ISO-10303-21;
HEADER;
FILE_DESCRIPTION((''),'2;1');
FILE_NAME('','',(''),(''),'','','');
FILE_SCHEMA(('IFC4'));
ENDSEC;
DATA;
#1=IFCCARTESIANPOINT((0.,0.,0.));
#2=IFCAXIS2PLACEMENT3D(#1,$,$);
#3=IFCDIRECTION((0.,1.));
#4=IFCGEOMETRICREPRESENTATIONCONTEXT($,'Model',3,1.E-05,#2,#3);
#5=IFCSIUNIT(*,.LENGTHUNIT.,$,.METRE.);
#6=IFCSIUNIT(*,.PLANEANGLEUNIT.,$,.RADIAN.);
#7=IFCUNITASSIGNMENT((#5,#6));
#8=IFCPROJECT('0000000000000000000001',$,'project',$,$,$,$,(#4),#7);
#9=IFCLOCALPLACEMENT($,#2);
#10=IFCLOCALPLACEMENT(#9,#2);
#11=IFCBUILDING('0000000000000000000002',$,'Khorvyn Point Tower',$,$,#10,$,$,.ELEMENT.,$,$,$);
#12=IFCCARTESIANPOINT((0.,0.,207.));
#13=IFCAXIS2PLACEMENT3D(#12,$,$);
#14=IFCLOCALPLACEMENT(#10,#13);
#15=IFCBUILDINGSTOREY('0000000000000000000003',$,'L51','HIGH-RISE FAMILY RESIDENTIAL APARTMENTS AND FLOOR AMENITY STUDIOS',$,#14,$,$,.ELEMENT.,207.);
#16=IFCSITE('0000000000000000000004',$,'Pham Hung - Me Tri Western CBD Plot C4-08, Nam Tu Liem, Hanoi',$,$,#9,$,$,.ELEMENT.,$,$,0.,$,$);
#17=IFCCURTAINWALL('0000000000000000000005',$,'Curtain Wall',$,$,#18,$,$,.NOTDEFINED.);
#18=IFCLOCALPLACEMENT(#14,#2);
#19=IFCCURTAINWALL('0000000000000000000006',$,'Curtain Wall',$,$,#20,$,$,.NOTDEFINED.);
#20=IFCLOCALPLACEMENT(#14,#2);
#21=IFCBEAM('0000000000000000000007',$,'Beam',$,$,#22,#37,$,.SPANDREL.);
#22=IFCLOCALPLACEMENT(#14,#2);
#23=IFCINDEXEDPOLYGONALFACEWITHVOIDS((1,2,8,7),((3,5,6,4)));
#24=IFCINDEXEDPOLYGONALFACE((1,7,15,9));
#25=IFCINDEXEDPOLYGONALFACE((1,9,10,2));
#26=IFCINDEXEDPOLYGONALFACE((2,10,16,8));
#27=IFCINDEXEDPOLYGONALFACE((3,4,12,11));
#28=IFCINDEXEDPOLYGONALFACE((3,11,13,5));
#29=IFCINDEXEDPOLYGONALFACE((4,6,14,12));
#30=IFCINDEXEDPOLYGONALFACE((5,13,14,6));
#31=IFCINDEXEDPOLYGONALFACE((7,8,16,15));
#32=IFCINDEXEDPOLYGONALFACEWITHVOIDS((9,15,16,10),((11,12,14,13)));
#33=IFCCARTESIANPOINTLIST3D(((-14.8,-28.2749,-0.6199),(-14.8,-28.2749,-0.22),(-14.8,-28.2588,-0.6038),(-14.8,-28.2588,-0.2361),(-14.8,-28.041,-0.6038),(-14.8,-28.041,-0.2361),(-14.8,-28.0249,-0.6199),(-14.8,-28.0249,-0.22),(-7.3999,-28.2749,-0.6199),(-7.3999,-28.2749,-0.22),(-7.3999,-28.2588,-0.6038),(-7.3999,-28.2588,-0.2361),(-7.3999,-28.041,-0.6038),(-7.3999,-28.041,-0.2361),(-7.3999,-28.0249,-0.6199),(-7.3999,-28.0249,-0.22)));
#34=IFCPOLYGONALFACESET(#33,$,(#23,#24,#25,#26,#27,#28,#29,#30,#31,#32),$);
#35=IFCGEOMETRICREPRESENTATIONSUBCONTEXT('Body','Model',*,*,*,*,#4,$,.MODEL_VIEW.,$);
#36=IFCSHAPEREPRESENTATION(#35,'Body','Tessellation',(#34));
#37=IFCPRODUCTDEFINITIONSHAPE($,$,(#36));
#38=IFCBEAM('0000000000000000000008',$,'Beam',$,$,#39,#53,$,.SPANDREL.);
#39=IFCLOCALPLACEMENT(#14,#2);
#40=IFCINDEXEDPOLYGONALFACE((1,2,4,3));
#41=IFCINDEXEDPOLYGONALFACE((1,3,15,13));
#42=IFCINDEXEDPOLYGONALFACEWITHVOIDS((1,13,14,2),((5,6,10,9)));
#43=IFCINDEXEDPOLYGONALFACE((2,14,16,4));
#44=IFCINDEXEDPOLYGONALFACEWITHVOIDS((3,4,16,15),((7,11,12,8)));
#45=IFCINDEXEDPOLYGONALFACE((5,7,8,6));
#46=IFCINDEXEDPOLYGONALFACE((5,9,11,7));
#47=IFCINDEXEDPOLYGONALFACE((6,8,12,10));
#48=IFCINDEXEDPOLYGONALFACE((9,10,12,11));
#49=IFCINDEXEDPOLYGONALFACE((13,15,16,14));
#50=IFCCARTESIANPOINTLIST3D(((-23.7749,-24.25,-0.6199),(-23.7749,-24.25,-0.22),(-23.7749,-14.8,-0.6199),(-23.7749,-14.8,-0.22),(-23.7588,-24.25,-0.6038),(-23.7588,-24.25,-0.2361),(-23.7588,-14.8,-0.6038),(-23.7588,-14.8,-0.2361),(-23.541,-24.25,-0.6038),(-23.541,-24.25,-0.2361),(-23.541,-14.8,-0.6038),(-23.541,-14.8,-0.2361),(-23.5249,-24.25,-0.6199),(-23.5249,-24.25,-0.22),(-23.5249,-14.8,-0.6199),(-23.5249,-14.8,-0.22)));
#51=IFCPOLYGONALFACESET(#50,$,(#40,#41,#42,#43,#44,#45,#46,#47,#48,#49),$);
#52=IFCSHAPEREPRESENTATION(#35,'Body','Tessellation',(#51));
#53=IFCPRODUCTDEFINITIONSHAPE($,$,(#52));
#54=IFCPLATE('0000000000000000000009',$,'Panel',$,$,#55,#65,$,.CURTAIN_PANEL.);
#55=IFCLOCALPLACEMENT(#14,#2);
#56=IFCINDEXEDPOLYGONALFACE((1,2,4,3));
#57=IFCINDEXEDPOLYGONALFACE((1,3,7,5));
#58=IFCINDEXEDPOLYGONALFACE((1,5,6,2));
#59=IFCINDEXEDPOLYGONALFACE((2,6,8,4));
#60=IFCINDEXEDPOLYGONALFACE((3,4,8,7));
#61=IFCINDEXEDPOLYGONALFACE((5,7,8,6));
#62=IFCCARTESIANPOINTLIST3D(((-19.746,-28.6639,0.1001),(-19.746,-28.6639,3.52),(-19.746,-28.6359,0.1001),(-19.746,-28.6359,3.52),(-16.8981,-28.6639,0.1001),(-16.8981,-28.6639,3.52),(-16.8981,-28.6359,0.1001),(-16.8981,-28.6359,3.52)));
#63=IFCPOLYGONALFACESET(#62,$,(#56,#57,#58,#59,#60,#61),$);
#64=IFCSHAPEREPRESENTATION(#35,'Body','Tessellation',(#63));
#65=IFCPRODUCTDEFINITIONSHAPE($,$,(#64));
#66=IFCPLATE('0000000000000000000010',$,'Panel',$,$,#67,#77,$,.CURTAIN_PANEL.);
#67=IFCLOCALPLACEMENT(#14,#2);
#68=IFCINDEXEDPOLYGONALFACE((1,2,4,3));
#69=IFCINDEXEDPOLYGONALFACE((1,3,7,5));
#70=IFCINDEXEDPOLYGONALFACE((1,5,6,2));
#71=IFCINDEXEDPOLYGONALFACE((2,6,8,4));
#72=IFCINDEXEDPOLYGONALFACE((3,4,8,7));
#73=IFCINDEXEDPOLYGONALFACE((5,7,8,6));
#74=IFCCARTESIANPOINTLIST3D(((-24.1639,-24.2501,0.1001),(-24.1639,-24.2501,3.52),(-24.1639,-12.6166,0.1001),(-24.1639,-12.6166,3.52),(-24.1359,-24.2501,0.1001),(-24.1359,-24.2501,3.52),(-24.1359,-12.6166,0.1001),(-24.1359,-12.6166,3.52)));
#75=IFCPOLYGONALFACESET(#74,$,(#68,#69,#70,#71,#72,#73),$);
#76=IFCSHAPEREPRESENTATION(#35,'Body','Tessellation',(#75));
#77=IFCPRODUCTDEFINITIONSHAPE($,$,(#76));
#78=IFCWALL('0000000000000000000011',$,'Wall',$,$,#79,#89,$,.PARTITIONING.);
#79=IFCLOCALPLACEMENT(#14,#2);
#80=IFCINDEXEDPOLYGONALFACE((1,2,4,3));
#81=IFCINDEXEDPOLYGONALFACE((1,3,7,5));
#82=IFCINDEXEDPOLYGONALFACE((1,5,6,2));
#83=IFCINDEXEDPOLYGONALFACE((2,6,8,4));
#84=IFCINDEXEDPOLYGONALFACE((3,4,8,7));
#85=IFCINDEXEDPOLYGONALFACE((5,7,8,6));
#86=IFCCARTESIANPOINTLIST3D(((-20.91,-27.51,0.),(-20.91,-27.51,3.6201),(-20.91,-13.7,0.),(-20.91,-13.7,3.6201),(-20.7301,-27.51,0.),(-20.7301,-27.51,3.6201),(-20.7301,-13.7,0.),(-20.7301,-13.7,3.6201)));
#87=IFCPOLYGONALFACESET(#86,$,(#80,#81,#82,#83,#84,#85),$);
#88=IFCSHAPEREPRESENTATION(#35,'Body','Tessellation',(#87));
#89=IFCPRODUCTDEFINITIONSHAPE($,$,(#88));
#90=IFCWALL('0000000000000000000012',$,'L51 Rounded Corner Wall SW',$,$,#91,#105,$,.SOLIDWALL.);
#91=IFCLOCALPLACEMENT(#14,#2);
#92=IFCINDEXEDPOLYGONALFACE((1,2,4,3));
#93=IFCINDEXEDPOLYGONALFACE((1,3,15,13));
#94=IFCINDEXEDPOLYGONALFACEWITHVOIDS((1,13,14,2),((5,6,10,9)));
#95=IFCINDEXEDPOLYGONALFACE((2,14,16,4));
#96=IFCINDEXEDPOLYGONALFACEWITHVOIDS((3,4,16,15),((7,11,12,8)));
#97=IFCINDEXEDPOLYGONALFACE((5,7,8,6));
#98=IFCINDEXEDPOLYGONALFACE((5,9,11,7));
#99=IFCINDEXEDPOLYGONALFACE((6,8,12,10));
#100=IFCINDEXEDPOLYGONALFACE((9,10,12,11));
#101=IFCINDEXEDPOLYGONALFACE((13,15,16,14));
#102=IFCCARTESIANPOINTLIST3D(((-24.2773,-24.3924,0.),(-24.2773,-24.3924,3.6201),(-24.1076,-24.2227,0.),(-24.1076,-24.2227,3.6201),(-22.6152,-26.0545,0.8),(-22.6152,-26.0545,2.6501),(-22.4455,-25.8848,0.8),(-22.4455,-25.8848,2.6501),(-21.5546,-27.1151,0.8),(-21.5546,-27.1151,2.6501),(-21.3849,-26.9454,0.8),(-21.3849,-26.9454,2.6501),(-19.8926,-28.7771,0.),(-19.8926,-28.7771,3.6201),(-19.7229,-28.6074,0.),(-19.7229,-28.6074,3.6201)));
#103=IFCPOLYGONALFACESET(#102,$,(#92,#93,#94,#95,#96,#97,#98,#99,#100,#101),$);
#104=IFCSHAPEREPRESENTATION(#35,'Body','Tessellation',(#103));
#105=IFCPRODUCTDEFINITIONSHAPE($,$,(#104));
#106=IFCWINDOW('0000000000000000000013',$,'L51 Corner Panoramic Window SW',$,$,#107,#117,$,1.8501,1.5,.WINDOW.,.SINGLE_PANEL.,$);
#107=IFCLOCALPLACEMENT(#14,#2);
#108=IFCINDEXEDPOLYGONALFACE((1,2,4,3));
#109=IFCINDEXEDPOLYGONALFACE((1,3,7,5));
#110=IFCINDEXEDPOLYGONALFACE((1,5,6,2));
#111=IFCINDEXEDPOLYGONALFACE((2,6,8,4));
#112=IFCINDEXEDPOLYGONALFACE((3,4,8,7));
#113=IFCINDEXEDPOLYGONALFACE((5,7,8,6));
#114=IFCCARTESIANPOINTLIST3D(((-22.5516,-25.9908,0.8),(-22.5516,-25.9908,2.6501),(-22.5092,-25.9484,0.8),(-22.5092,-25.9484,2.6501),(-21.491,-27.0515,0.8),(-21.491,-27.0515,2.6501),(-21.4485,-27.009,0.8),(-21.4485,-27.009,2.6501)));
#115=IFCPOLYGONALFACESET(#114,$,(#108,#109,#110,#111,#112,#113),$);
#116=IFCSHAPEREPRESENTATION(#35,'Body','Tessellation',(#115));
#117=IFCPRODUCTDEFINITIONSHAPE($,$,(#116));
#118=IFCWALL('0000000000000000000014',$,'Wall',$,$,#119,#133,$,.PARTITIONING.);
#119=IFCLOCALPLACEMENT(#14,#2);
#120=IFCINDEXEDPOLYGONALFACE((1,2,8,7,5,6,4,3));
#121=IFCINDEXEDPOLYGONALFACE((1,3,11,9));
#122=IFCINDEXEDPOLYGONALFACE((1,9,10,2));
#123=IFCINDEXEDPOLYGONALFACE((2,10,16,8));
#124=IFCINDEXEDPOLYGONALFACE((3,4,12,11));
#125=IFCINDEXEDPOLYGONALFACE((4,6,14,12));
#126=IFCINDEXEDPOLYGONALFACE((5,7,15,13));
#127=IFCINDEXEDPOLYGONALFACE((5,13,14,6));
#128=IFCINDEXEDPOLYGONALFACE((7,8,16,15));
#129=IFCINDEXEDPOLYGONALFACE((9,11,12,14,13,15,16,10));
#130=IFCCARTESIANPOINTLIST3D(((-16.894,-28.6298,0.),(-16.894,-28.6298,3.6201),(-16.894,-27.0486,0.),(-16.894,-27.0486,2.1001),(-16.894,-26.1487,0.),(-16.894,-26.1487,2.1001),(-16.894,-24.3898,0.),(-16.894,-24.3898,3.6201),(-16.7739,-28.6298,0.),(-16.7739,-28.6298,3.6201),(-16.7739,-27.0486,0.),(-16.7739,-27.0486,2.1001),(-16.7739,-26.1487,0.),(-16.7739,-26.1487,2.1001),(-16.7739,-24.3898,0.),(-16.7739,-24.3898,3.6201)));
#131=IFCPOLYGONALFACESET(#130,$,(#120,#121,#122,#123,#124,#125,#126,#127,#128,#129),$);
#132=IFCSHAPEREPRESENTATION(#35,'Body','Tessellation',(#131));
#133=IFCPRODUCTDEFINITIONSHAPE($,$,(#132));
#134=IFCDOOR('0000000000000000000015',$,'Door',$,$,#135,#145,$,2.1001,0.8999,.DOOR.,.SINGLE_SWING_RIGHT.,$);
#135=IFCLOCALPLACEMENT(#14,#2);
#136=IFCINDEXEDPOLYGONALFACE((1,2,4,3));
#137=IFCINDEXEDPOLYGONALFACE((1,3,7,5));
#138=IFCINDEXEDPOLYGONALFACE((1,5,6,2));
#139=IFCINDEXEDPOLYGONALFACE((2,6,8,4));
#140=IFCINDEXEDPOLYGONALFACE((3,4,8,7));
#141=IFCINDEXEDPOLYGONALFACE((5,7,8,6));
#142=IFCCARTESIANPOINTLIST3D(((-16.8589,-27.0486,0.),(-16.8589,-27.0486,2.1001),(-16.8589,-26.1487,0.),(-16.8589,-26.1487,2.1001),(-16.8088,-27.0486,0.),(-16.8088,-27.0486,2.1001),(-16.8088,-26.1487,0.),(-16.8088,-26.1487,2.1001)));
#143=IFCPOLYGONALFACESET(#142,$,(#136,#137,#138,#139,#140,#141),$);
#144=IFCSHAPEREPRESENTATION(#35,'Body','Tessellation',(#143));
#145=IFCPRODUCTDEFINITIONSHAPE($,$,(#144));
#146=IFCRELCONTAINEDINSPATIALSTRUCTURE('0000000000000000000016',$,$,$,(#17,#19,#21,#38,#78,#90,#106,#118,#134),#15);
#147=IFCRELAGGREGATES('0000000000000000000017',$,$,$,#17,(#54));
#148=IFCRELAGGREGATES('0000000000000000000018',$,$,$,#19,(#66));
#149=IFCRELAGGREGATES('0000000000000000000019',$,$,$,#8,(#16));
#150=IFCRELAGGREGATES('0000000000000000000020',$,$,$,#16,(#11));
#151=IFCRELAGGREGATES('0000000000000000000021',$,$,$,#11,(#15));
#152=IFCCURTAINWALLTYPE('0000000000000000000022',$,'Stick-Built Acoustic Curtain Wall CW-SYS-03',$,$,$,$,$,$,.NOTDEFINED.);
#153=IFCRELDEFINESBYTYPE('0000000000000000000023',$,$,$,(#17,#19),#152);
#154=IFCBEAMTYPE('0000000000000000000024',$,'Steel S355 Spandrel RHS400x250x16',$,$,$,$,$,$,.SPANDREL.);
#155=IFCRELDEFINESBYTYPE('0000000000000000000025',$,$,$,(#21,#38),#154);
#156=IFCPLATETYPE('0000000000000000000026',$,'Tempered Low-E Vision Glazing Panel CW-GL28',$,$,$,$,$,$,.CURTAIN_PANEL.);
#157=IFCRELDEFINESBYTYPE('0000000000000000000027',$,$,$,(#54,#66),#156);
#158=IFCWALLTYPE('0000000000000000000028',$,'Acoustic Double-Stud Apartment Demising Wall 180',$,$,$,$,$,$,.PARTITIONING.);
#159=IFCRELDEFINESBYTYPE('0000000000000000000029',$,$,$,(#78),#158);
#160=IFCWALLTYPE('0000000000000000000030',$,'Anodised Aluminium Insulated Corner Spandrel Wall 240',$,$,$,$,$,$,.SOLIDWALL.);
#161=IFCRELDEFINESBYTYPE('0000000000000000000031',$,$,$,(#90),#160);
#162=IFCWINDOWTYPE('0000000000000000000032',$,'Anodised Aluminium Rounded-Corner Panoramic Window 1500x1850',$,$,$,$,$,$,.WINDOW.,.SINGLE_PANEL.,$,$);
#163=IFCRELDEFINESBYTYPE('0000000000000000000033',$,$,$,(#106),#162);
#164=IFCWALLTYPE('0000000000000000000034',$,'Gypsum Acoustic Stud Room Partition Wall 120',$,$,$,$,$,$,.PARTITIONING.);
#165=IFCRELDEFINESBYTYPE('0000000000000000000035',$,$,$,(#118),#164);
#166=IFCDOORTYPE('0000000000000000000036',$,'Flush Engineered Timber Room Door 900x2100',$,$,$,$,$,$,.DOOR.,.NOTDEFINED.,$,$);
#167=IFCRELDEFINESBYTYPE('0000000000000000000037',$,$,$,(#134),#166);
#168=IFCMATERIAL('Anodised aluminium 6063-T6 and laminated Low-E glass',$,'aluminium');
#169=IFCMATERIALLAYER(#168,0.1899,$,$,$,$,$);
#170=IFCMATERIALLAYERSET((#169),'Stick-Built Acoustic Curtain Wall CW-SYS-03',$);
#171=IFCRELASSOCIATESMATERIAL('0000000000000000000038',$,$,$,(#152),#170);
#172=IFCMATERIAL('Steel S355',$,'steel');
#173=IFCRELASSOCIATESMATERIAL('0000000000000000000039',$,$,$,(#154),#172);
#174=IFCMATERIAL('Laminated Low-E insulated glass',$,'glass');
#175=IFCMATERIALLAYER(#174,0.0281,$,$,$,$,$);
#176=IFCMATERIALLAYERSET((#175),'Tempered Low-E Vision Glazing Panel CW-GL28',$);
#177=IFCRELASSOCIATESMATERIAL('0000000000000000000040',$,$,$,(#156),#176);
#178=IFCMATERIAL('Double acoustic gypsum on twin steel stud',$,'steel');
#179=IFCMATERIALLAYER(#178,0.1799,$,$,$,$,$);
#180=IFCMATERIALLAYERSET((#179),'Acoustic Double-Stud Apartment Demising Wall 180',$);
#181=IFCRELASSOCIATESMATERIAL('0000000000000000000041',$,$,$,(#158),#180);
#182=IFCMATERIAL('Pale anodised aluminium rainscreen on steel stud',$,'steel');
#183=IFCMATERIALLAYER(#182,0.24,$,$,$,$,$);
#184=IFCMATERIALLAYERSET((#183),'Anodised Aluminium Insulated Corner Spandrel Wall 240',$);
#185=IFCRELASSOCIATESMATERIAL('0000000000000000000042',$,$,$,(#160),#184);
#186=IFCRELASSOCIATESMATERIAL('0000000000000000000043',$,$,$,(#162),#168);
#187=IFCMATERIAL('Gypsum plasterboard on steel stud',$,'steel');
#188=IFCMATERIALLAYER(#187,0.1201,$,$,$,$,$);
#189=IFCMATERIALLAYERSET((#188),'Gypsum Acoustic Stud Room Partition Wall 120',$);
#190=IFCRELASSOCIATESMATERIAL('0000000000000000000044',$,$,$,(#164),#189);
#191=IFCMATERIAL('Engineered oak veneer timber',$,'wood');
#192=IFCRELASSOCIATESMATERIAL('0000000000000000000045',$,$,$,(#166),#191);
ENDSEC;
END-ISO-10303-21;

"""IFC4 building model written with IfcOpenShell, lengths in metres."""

from ifc_helpers import new_model, si_unit, direction, frame, frame_2d, origin, origin_2d, place, context, subcontext, project, spatial, rectangle, hollow_rectangle, extrude, material, layer, layer_set, material_profile, profile_set, type_object, element, fill, aggregate, save


model = new_model("IFC4")

# Units and contexts
model_context = context("Model", 3, precision=1e-05, world=origin(), true_north=direction((0.0, 1.0)))
body_context = subcontext(model_context, "Body", "Model", "MODEL_VIEW")
ifc_project = project(units=[si_unit("LENGTHUNIT", "METRE"), si_unit("PLANEANGLEUNIT", "RADIAN")], contexts=[model_context])

# Site, building, storey
site_placement = place(None, origin())
site = spatial("IfcSite", under=ifc_project, at=site_placement, Name="Pham Hung - Me Tri Western CBD Plot C4-08, Nam Tu Liem, Hanoi", CompositionType="ELEMENT", RefElevation=0.0)
building_placement = place(site_placement, origin())
building = spatial("IfcBuilding", under=site, at=building_placement, Name="Khorvyn Point Tower", CompositionType="ELEMENT")
storey_placement = place(building_placement, frame((0.0, 0.0, 207.0)))
storey = spatial("IfcBuildingStorey", under=building, at=storey_placement, Name="L51", Description="HIGH-RISE FAMILY RESIDENTIAL APARTMENTS AND FLOOR AMENITY STUDIOS", CompositionType="ELEMENT", Elevation=207.0)

# Curtain wall
ifc_material_1 = material(Name="Anodised aluminium 6063-T6 and laminated Low-E glass", Category="aluminium")
ifc_layer_1 = layer(ifc_material_1, 0.1899)
ifc_layer_set_1 = layer_set([ifc_layer_1], Name="Stick-Built Acoustic Curtain Wall CW-SYS-03")
curtain_wall_type = type_object("IfcCurtainWallType", Name="Stick-Built Acoustic Curtain Wall CW-SYS-03", PredefinedType="NOTDEFINED", material=ifc_layer_set_1)
curtain_wall_1_placement = place(storey_placement, origin())
curtain_wall_1 = element("IfcCurtainWall", 1, at=curtain_wall_1_placement, inside=storey, type_object=curtain_wall_type, Name="Curtain Wall", PredefinedType="NOTDEFINED")

# Curtain wall
curtain_wall_2_placement = place(storey_placement, origin())
curtain_wall_2 = element("IfcCurtainWall", 2, at=curtain_wall_2_placement, inside=storey, type_object=curtain_wall_type, Name="Curtain Wall", PredefinedType="NOTDEFINED")

# Beams
ifc_material_2 = material(Name="Steel S355", Category="steel")
ifc_material_profile_1 = material_profile(ifc_material_2, hollow_rectangle(XDim=0.25, YDim=0.3999, WallThickness=0.0161, at=origin_2d()))
ifc_profile_set_1 = profile_set([ifc_material_profile_1], Name="Steel S355 RHS400x250x16")
beam_type_1 = type_object("IfcBeamType", Name="Steel S355 Spandrel RHS400x250x16", PredefinedType="SPANDREL", material=ifc_profile_set_1)
beam_1_placement = place(storey_placement, frame((-14.8, -28.1499, -0.4199), z_axis=(1.0, 0.0, 0.0), x_axis=(0.0, 1.0, 0.0)))
element("IfcBeam", 3, at=beam_1_placement, inside=storey, type_object=beam_type_1, Name="Beam", PredefinedType="SPANDREL", context=body_context, shape_type="SweptSolid", body=[
    extrude(hollow_rectangle(XDim=0.25, YDim=0.3999, WallThickness=0.0161, at=origin_2d()), origin(), (0.0, 0.0, 1.0), 7.4001),
])
beam_2_placement = place(storey_placement, frame((-23.6499, -24.25, -0.4199), z_axis=(0.0, 1.0, 0.0), x_axis=(-1.0, 0.0, 0.0)))
element("IfcBeam", 4, at=beam_2_placement, inside=storey, type_object=beam_type_1, Name="Beam", PredefinedType="SPANDREL", context=body_context, shape_type="SweptSolid", body=[
    extrude(hollow_rectangle(XDim=0.25, YDim=0.3999, WallThickness=0.0161, at=origin_2d()), origin(), (0.0, 0.0, 1.0), 9.45),
])

# Plates
ifc_material_3 = material(Name="Laminated Low-E insulated glass", Category="glass")
ifc_layer_2 = layer(ifc_material_3, 0.0281)
ifc_layer_set_2 = layer_set([ifc_layer_2], Name="Tempered Low-E Vision Glazing Panel CW-GL28")
plate_type = type_object("IfcPlateType", Name="Tempered Low-E Vision Glazing Panel CW-GL28", PredefinedType="CURTAIN_PANEL", material=ifc_layer_set_2)
plate_1_placement = place(storey_placement, frame((-18.322, -28.6499, 0.1001), z_axis=(0.0, 0.0, 1.0), x_axis=(-1.0, 0.0, 0.0)))
plate_1 = element("IfcPlate", 5, at=plate_1_placement, type_object=plate_type, Name="Panel", PredefinedType="CURTAIN_PANEL", context=body_context, shape_type="SweptSolid", body=[
    extrude(rectangle(XDim=2.8479, YDim=0.0281, at=origin_2d()), origin(), (0.0, 0.0, 1.0), 3.4199),
])
aggregate(curtain_wall_1, [plate_1])
plate_2_placement = place(storey_placement, frame((-24.1499, -18.4333, 0.1001), z_axis=(0.0, 0.0, 1.0), x_axis=(0.0, 1.0, 0.0)))
plate_2 = element("IfcPlate", 6, at=plate_2_placement, type_object=plate_type, Name="Panel", PredefinedType="CURTAIN_PANEL", context=body_context, shape_type="SweptSolid", body=[
    extrude(rectangle(XDim=11.6335, YDim=0.0281, at=origin_2d()), origin(), (0.0, 0.0, 1.0), 3.4199),
])
aggregate(curtain_wall_2, [plate_2])

# Wall
ifc_material_4 = material(Name="Double acoustic gypsum on twin steel stud", Category="steel")
ifc_layer_3 = layer(ifc_material_4, 0.1799)
ifc_layer_set_3 = layer_set([ifc_layer_3], Name="Acoustic Double-Stud Apartment Demising Wall 180")
wall_type_1 = type_object("IfcWallType", Name="Acoustic Double-Stud Apartment Demising Wall 180", PredefinedType="PARTITIONING", material=ifc_layer_set_3)
wall_1_placement = place(storey_placement, frame((-20.8201, -27.51, 0.0), z_axis=(0.0, 0.0, 1.0), x_axis=(0.0, 1.0, 0.0)))
element("IfcWall", 7, at=wall_1_placement, inside=storey, type_object=wall_type_1, Name="Wall", PredefinedType="PARTITIONING", context=body_context, shape_type="SweptSolid", body=[
    extrude(rectangle(XDim=13.8101, YDim=0.1799, at=frame_2d((6.905, 0.0))), origin(), (0.0, 0.0, 1.0), 3.6201),
])

# Wall, opening, window
ifc_material_5 = material(Name="Pale anodised aluminium rainscreen on steel stud", Category="steel")
ifc_layer_4 = layer(ifc_material_5, 0.24)
ifc_layer_set_4 = layer_set([ifc_layer_4], Name="Anodised Aluminium Insulated Corner Spandrel Wall 240")
wall_type_2 = type_object("IfcWallType", Name="Anodised Aluminium Insulated Corner Spandrel Wall 240", PredefinedType="SOLIDWALL", material=ifc_layer_set_4)
wall_2_placement = place(storey_placement, frame((-19.8076, -28.6924, 0.0), z_axis=(0.0, 0.0, 1.0), x_axis=(-0.707107, 0.707107, 0.0)))
wall_2 = element("IfcWall", 8, at=wall_2_placement, inside=storey, type_object=wall_type_2, Name="L51 Rounded Corner Wall SW", PredefinedType="SOLIDWALL", context=body_context, shape_type="SweptSolid", body=[
    extrude(rectangle(XDim=6.2009, YDim=0.24, at=frame_2d((3.1006, 0.0))), origin(), (0.0, 0.0, 1.0), 3.6201),
])
opening_1_placement = place(wall_2_placement, frame((2.3506, 0.0, 0.8)))
opening_1 = element("IfcOpeningElement", 9, at=opening_1_placement, cuts=wall_2, PredefinedType="OPENING", context=body_context, shape_type="SweptSolid", body=[
    extrude(rectangle(XDim=1.5, YDim=1.8501, at=frame_2d((0.75, 0.925))), frame((0.0, 0.1299, 0.0), z_axis=(0.0, -1.0, 0.0), x_axis=(1.0, 0.0, 0.0)), (0.0, 0.0, 1.0), 0.26),
])
window_type = type_object("IfcWindowType", Name="Anodised Aluminium Rounded-Corner Panoramic Window 1500x1850", PartitioningType="SINGLE_PANEL", PredefinedType="WINDOW", material=ifc_material_1)
window_placement = place(opening_1_placement, origin())
window = element("IfcWindow", 10, at=window_placement, inside=storey, type_object=window_type, Name="L51 Corner Panoramic Window SW", OverallHeight=1.8501, OverallWidth=1.5, PartitioningType="SINGLE_PANEL", PredefinedType="WINDOW", context=body_context, shape_type="SweptSolid", body=[
    extrude(rectangle(XDim=1.5, YDim=1.8501, at=frame_2d((0.75, 0.925))), frame((0.0, 0.03, 0.0), z_axis=(0.0, -1.0, 0.0), x_axis=(1.0, 0.0, 0.0)), (0.0, 0.0, 1.0), 0.0601),
])
fill(opening_1, window)

# Wall, opening, door
ifc_material_6 = material(Name="Gypsum plasterboard on steel stud", Category="steel")
ifc_layer_5 = layer(ifc_material_6, 0.1201)
ifc_layer_set_5 = layer_set([ifc_layer_5], Name="Gypsum Acoustic Stud Room Partition Wall 120")
wall_type_3 = type_object("IfcWallType", Name="Gypsum Acoustic Stud Room Partition Wall 120", PredefinedType="PARTITIONING", material=ifc_layer_set_5)
wall_3_placement = place(storey_placement, frame((-16.834, -28.6299, 0.0), z_axis=(0.0, 0.0, 1.0), x_axis=(0.0, 1.0, 0.0)))
wall_3 = element("IfcWall", 11, at=wall_3_placement, inside=storey, type_object=wall_type_3, Name="Wall", PredefinedType="PARTITIONING", context=body_context, shape_type="SweptSolid", body=[
    extrude(rectangle(XDim=4.24, YDim=0.1201, at=frame_2d((2.1201, 0.0))), origin(), (0.0, 0.0, 1.0), 3.6201),
])
opening_2_placement = place(wall_3_placement, frame((1.5813, 0.0, 0.0)))
opening_2 = element("IfcOpeningElement", 12, at=opening_2_placement, cuts=wall_3, PredefinedType="OPENING", context=body_context, shape_type="SweptSolid", body=[
    extrude(rectangle(XDim=0.8999, YDim=2.1001, at=frame_2d((0.45, 1.05))), frame((0.0, 0.0701, 0.0), z_axis=(0.0, -1.0, 0.0), x_axis=(1.0, 0.0, 0.0)), (0.0, 0.0, 1.0), 0.1401),
])
ifc_material_7 = material(Name="Engineered oak veneer timber", Category="wood")
door_type_1 = type_object("IfcDoorType", Name="Flush Engineered Timber Room Door 900x2100", OperationType="NOTDEFINED", PredefinedType="DOOR", material=ifc_material_7)
door_1_placement = place(opening_2_placement, origin())
door_1 = element("IfcDoor", 13, at=door_1_placement, inside=storey, type_object=door_type_1, Name="Door", OperationType="SINGLE_SWING_RIGHT", OverallHeight=2.1001, OverallWidth=0.8999, PredefinedType="DOOR", context=body_context, shape_type="SweptSolid", body=[
    extrude(rectangle(XDim=0.8999, YDim=2.1001, at=frame_2d((0.45, 1.05))), frame((0.0, 0.0249, 0.0), z_axis=(0.0, -1.0, 0.0), x_axis=(1.0, 0.0, 0.0)), (0.0, 0.0, 1.0), 0.05),
])
fill(opening_2, door_1)

save(model, "model.ifc")
